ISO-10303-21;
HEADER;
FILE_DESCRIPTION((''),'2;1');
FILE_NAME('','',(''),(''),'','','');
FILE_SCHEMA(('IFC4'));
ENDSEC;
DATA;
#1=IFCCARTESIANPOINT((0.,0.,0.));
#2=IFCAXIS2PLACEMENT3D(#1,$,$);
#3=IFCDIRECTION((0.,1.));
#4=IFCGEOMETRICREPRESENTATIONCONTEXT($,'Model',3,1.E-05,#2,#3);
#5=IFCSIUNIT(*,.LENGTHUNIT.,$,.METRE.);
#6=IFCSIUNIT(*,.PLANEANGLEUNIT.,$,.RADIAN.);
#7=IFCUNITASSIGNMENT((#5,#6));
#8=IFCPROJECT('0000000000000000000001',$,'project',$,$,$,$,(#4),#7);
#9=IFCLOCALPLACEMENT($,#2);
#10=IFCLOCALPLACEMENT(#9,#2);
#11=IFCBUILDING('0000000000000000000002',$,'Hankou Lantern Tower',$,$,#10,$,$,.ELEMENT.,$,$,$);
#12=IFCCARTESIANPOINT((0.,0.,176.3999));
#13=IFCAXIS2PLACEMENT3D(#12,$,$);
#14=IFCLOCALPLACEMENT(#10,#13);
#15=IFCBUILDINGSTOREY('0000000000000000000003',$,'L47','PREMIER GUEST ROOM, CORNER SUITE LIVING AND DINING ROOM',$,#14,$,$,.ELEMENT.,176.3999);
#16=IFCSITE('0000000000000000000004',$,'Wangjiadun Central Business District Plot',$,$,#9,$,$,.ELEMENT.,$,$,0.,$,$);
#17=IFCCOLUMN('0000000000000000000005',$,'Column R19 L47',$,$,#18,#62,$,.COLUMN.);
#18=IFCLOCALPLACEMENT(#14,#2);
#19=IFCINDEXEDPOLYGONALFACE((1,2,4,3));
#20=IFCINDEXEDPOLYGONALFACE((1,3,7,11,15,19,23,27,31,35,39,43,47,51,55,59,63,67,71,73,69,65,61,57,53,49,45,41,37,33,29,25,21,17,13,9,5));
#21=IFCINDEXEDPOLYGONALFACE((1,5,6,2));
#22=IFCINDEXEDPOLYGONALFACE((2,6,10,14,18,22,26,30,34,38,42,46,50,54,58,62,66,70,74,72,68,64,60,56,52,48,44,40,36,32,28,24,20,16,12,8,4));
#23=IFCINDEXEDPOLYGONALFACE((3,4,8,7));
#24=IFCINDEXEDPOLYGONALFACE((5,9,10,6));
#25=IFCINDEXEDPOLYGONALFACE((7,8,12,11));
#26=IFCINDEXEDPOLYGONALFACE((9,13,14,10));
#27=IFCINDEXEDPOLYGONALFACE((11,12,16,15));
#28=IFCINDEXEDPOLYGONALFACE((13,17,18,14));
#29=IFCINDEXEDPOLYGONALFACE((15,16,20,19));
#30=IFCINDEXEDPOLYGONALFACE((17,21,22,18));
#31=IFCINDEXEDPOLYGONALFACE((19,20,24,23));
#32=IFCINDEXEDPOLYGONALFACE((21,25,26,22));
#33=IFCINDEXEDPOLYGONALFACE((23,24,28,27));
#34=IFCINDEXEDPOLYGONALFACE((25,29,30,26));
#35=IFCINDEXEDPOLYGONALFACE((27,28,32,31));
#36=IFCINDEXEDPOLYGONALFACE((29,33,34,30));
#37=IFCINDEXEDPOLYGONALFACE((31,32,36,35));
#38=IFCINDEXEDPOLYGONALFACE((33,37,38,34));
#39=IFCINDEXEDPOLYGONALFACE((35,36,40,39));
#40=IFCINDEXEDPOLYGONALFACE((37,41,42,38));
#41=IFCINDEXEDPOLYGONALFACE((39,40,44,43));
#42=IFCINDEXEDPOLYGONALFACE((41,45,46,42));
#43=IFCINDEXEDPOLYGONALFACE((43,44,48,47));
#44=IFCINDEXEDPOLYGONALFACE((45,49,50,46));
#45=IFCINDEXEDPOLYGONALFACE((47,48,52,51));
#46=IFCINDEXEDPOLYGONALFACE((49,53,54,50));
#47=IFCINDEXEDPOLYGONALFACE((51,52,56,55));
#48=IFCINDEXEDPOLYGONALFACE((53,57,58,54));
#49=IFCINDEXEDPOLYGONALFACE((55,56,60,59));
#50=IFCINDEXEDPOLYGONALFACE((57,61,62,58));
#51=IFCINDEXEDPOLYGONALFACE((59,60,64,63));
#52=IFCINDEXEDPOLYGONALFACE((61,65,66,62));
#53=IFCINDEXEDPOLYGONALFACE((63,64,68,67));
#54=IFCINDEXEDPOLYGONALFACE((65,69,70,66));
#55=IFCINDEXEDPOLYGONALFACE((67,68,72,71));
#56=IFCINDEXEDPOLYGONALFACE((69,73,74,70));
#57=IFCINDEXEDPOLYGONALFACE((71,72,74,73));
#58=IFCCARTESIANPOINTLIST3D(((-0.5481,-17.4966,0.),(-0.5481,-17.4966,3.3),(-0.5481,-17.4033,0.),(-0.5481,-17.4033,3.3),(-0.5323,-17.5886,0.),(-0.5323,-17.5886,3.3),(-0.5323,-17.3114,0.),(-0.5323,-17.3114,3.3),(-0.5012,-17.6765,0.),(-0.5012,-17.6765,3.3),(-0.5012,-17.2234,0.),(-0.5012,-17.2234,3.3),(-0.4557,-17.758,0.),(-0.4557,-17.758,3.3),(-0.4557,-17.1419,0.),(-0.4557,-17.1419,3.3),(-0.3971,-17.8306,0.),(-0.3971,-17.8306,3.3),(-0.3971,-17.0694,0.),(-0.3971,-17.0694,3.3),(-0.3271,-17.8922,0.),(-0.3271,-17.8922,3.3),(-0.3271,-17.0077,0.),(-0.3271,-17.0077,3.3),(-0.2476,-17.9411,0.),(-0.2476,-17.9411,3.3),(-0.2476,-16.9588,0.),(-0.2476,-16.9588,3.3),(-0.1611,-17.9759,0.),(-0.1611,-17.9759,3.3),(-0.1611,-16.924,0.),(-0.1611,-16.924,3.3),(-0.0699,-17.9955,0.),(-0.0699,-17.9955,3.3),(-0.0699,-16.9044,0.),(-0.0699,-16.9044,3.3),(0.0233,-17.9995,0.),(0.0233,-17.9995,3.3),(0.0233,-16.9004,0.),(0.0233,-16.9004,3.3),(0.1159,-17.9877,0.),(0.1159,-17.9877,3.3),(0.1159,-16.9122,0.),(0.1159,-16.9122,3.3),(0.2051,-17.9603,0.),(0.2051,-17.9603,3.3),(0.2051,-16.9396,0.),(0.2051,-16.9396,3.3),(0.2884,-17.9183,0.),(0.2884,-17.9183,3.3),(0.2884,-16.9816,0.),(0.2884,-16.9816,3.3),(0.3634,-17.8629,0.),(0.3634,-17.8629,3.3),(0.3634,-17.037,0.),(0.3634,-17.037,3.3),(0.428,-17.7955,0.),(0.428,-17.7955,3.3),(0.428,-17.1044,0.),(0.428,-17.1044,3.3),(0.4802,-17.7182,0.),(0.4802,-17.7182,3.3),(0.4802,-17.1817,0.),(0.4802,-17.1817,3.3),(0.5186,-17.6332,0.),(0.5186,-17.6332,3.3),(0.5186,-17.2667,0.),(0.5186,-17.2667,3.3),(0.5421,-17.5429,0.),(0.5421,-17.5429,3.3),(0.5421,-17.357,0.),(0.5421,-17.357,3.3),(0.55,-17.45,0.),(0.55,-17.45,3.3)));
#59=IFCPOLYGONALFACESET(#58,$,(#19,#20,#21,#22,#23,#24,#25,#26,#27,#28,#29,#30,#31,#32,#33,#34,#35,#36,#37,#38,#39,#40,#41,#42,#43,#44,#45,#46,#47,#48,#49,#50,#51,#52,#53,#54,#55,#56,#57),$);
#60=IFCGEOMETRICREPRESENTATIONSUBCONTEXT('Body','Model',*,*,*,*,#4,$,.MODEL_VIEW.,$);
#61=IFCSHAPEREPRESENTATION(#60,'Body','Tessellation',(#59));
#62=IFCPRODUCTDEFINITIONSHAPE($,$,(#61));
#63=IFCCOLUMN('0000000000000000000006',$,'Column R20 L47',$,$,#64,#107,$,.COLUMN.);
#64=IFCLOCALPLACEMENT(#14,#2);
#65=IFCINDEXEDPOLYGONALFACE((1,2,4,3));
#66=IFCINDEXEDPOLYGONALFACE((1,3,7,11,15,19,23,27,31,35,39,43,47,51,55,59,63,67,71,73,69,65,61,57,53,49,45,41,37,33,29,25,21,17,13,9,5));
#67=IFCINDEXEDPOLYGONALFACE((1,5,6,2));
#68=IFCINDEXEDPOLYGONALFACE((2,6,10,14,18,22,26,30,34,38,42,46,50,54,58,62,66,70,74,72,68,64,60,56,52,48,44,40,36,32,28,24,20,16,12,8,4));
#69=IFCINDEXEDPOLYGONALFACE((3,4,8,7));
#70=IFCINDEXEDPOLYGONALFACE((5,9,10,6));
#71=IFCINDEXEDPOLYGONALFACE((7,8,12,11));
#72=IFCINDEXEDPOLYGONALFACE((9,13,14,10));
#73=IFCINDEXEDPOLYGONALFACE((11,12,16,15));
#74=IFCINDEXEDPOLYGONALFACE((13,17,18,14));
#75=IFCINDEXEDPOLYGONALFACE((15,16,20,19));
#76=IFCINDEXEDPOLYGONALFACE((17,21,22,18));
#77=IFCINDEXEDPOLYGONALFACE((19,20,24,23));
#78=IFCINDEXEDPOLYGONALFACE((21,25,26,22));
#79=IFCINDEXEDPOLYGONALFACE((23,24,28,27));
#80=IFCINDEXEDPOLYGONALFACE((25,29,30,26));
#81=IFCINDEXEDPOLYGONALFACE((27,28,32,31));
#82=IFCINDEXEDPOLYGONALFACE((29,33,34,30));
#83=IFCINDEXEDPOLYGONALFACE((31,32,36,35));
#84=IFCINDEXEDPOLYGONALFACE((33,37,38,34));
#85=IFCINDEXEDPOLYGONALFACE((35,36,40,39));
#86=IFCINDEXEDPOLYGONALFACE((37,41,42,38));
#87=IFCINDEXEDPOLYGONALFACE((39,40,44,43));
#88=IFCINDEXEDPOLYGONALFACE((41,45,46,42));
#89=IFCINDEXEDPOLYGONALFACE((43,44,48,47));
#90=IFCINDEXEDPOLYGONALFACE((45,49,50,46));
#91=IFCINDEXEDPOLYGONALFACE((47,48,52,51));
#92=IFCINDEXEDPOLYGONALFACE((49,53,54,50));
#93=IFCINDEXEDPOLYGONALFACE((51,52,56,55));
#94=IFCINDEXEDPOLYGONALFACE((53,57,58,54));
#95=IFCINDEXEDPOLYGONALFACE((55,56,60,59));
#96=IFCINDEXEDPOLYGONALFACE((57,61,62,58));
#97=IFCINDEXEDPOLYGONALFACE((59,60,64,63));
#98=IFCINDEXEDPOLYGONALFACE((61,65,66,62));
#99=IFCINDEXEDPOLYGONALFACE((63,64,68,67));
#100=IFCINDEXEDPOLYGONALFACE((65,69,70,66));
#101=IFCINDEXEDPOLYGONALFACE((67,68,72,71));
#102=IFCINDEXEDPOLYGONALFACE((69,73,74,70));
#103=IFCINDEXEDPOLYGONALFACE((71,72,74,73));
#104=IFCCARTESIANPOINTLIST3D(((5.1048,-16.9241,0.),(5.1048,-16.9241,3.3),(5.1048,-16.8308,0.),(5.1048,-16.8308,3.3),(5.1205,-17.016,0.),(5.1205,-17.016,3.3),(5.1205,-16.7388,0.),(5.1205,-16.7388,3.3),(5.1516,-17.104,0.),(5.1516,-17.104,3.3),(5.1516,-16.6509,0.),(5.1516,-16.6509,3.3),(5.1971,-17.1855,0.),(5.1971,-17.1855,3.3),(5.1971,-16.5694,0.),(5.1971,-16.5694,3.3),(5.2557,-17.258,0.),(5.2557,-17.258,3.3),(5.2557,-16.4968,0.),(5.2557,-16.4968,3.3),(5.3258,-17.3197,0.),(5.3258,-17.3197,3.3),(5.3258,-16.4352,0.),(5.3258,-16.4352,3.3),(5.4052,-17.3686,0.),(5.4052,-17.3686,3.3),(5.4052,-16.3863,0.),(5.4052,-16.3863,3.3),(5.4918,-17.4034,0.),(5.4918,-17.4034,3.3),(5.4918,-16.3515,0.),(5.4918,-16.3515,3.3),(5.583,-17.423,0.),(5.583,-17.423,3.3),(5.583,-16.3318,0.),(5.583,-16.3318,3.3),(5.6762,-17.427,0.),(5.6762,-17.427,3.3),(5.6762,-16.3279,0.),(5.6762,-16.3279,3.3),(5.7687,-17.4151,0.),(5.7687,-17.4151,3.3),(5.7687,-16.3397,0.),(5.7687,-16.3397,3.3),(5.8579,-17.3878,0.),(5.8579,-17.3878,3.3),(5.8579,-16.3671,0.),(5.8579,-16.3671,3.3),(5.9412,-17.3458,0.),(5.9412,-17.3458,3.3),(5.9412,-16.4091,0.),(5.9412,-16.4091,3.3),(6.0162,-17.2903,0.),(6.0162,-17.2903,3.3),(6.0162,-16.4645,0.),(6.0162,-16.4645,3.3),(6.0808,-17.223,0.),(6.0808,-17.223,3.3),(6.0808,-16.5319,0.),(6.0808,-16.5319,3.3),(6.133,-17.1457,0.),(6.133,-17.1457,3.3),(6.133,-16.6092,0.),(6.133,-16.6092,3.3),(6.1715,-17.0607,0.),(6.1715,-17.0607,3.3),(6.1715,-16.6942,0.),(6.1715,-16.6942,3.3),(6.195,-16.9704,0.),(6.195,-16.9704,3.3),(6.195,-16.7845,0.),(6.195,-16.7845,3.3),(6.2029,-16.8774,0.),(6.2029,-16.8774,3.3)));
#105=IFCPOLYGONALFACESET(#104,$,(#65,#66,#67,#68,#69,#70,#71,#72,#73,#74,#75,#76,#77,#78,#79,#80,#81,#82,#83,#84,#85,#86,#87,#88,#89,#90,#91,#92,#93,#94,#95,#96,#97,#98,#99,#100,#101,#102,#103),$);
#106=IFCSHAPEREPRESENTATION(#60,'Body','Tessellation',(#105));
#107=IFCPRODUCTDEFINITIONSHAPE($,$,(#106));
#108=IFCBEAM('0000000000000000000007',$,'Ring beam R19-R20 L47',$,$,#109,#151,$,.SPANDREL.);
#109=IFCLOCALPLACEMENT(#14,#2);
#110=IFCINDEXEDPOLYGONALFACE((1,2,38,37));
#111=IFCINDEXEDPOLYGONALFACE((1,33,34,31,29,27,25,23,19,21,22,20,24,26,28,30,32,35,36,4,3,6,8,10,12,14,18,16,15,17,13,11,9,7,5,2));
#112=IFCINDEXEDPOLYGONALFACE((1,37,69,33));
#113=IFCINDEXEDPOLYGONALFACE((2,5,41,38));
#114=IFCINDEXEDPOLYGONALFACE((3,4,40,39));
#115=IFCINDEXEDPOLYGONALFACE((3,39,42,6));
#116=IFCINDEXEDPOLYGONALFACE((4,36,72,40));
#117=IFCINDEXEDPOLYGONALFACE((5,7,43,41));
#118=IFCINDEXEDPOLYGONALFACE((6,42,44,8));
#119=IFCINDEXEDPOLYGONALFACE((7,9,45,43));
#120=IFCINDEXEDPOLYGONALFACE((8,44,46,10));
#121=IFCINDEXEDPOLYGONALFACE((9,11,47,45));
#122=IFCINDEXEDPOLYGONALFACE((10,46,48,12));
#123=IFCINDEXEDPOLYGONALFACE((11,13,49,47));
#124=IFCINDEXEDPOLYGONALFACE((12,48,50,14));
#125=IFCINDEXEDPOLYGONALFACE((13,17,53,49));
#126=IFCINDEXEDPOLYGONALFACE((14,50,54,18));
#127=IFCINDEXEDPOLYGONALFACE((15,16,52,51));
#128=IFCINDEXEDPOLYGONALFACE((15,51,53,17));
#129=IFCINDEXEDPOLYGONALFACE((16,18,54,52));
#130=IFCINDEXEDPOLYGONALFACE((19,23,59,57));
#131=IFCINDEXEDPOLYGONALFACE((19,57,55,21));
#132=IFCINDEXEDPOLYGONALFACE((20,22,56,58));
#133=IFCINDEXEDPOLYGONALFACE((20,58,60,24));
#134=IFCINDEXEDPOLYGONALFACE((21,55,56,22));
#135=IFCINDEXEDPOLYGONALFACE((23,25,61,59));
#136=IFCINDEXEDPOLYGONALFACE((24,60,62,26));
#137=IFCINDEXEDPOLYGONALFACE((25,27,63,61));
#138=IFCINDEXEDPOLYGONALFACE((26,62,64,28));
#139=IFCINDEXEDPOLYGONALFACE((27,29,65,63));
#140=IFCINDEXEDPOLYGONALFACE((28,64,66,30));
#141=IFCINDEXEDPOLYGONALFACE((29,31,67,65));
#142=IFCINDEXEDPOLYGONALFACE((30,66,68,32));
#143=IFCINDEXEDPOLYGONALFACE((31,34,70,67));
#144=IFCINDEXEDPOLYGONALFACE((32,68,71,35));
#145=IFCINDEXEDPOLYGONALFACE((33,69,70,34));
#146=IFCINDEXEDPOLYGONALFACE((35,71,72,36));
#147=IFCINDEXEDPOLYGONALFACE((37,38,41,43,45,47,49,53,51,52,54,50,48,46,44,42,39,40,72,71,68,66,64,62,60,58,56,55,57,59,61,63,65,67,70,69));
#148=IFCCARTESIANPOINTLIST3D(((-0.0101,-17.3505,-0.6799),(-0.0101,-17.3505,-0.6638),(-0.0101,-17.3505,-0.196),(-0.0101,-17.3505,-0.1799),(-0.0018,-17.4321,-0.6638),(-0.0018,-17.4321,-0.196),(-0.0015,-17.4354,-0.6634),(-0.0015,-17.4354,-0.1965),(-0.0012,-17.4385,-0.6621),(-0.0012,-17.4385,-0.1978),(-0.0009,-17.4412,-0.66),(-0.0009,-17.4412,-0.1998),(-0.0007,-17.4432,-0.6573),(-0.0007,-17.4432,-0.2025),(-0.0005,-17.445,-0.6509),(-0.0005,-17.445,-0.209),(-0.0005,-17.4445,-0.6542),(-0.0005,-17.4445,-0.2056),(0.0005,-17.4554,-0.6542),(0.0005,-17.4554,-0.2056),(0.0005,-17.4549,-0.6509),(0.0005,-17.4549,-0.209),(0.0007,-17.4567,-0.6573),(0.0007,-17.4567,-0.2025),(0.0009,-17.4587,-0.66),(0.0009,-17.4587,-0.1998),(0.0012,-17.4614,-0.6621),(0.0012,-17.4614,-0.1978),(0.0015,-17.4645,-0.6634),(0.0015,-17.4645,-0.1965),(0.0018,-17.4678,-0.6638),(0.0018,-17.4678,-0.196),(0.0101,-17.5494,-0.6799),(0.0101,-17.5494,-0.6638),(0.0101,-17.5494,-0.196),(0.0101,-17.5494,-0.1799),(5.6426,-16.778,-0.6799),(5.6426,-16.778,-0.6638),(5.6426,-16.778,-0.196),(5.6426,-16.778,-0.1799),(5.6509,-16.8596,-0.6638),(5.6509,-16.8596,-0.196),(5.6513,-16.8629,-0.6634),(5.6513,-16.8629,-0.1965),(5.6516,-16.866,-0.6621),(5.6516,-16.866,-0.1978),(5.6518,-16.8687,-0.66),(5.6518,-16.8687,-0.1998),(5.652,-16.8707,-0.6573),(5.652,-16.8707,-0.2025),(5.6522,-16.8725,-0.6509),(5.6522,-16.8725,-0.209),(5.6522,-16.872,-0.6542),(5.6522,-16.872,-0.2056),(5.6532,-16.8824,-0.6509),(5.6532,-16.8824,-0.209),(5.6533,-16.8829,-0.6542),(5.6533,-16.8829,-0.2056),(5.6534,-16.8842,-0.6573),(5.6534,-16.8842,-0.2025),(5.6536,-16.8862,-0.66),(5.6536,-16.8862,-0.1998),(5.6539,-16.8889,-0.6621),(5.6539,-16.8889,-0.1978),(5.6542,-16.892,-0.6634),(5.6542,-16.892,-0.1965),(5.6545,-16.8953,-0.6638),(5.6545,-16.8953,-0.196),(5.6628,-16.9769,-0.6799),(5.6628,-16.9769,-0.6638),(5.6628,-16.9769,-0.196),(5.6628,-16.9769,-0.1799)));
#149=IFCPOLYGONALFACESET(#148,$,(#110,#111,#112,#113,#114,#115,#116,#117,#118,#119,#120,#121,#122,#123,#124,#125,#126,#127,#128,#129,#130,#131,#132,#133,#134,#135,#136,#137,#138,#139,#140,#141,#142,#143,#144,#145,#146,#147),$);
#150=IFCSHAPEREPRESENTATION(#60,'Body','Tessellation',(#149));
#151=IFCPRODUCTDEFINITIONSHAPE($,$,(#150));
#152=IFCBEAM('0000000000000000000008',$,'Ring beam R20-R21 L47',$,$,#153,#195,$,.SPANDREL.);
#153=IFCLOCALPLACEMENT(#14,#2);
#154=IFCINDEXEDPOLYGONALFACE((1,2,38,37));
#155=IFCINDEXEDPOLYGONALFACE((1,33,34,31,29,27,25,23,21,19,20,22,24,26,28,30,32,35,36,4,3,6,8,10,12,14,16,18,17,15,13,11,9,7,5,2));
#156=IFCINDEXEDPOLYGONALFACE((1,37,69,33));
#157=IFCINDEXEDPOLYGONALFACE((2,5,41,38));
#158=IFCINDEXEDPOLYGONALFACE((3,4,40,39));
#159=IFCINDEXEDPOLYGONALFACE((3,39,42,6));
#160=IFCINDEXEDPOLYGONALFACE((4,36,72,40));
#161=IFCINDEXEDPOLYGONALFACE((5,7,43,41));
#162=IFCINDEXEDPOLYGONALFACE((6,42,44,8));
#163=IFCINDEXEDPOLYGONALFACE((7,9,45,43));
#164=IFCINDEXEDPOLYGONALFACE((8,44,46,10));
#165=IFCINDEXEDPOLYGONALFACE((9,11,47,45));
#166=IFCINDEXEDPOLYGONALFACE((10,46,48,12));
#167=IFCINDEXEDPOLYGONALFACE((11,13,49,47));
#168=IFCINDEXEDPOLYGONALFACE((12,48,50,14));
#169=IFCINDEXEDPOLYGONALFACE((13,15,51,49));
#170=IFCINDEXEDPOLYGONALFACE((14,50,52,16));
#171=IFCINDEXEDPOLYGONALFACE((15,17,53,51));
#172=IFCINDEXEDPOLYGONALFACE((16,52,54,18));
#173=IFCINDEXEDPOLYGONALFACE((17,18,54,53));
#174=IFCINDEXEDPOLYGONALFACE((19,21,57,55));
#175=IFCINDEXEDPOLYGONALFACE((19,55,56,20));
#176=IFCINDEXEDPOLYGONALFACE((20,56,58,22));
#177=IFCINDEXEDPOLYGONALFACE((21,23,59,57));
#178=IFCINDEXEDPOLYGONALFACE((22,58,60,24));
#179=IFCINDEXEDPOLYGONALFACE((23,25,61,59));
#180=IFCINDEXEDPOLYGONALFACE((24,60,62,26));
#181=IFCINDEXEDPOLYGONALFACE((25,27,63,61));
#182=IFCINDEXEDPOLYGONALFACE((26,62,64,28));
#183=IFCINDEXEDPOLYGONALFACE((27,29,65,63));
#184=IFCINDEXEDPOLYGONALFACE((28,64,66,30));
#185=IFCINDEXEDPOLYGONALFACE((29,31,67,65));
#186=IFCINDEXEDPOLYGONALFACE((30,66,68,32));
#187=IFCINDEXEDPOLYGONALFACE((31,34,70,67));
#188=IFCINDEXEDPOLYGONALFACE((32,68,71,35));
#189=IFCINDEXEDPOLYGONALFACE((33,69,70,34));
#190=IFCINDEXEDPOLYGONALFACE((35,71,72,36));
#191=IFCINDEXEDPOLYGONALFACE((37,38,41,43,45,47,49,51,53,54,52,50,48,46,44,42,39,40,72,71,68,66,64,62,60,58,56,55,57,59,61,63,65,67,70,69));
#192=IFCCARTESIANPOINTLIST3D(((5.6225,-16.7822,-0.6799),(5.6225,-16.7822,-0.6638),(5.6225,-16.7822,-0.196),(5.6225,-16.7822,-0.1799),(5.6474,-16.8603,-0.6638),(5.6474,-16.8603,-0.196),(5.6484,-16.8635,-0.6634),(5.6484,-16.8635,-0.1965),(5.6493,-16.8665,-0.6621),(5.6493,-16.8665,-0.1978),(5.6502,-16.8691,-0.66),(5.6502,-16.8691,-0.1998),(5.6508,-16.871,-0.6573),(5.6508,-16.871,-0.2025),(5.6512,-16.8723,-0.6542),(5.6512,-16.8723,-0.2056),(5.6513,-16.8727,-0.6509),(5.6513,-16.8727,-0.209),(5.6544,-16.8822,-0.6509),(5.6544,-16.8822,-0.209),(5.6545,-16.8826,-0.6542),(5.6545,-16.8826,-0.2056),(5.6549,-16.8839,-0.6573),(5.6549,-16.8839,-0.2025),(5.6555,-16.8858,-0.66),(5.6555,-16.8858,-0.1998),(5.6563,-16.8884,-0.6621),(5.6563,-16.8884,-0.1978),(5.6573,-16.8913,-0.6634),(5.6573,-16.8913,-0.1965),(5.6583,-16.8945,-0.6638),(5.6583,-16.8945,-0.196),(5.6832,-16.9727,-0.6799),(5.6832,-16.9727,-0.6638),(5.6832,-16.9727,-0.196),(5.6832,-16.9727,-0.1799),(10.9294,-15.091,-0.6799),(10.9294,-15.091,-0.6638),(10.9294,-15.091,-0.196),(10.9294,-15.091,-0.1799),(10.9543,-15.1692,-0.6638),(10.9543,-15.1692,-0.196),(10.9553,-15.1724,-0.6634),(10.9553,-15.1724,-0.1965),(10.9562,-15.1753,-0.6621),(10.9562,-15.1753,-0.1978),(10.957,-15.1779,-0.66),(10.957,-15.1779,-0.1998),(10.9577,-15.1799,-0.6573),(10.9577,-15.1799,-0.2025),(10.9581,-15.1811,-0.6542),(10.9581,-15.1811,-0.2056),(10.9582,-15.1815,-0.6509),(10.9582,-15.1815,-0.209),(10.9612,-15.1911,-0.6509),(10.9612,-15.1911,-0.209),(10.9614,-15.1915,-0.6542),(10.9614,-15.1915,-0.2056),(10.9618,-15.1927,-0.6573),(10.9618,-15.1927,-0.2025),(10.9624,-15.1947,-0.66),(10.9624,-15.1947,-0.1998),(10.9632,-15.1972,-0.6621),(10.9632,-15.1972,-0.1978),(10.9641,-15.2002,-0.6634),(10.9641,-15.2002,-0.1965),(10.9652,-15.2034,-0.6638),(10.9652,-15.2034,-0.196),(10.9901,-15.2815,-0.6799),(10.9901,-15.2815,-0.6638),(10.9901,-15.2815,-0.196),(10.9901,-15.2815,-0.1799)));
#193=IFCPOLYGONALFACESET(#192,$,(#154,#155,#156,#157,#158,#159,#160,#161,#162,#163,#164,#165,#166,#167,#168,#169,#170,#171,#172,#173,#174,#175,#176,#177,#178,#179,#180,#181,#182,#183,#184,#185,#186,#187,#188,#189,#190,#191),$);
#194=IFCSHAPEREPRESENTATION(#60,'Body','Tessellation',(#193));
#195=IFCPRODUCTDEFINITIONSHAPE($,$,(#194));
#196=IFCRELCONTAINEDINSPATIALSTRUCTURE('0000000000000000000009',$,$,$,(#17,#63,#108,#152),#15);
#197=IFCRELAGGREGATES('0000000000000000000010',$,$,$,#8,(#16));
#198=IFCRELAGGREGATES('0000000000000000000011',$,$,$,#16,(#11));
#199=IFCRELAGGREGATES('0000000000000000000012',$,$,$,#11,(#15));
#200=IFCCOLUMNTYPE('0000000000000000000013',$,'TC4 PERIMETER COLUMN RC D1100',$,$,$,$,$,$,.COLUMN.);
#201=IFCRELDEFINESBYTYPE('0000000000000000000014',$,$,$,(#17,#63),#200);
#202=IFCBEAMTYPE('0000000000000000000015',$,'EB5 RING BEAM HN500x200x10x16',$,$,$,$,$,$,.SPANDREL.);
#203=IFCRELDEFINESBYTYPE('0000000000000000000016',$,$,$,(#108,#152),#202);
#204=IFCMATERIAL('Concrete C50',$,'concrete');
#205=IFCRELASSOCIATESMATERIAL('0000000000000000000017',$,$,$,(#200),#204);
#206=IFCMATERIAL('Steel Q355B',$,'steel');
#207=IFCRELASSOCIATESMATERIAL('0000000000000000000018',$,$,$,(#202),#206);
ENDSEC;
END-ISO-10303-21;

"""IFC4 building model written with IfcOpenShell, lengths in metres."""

from ifc_helpers import new_model, si_unit, direction, frame, origin, origin_2d, place, context, subcontext, project, spatial, circle, i_section, extrude, material, material_profile, profile_set, type_object, element, save


model = new_model("IFC4")

# Units and contexts
model_context = context("Model", 3, precision=1e-05, world=origin(), true_north=direction((0.0, 1.0)))
body_context = subcontext(model_context, "Body", "Model", "MODEL_VIEW")
ifc_project = project(units=[si_unit("LENGTHUNIT", "METRE"), si_unit("PLANEANGLEUNIT", "RADIAN")], contexts=[model_context])

# Site, building, storey
site_placement = place(None, origin())
site = spatial("IfcSite", under=ifc_project, at=site_placement, Name="Wangjiadun Central Business District Plot", CompositionType="ELEMENT", RefElevation=0.0)
building_placement = place(site_placement, origin())
building = spatial("IfcBuilding", under=site, at=building_placement, Name="Hankou Lantern Tower", CompositionType="ELEMENT")
storey_placement = place(building_placement, frame((0.0, 0.0, 176.3999)))
storey = spatial("IfcBuildingStorey", under=building, at=storey_placement, Name="L47", Description="PREMIER GUEST ROOM, CORNER SUITE LIVING AND DINING ROOM", CompositionType="ELEMENT", Elevation=176.3999)

# Columns
ifc_material_1 = material(Name="Concrete C50", Category="concrete")
ifc_material_profile_1 = material_profile(ifc_material_1, circle(Radius=0.55, at=origin_2d()), Name="RC D1100")
ifc_profile_set_1 = profile_set([ifc_material_profile_1], Name="Concrete C50")
column_type = type_object("IfcColumnType", Name="TC4 PERIMETER COLUMN RC D1100", PredefinedType="COLUMN", material=ifc_profile_set_1)
for number, where, z_axis, x_axis, name in (
    (1, (0.0, -17.45, 0.0), (0.0, 0.0, 1.0), (1.0, 0.0, 0.0), "Column R19 L47"),
    (2, (5.6528, -16.8774, 0.0), (0.0, 0.0, 1.0), (1.0, 0.0, 0.0), "Column R20 L47"),
):
    element("IfcColumn", number, at=place(storey_placement, frame(where, z_axis=z_axis, x_axis=x_axis)), inside=storey, type_object=column_type, Name=name, PredefinedType="COLUMN", context=body_context, shape_type="SweptSolid", body=[
        extrude(circle(Radius=0.55, at=origin_2d()), origin(), (0.0, 0.0, 1.0), 3.3),
    ])

# Beams
ifc_material_2 = material(Name="Steel Q355B", Category="steel")
ifc_material_profile_2 = material_profile(ifc_material_2, i_section(OverallWidth=0.2, OverallDepth=0.5, WebThickness=0.01, FlangeThickness=0.0161, FilletRadius=0.0129, at=origin_2d()), Name="HN500x200x10x16")
ifc_profile_set_2 = profile_set([ifc_material_profile_2], Name="Steel Q355B")
beam_type_1 = type_object("IfcBeamType", Name="EB5 RING BEAM HN500x200x10x16", PredefinedType="SPANDREL", material=ifc_profile_set_2)
beam_1_placement = place(storey_placement, frame((0.0, -17.45, -0.4299), z_axis=(0.99491, 0.100763, 0.0), x_axis=(-0.100763, 0.99491, 0.0)))
element("IfcBeam", 3, at=beam_1_placement, inside=storey, type_object=beam_type_1, Name="Ring beam R19-R20 L47", PredefinedType="SPANDREL", context=body_context, shape_type="SweptSolid", body=[
    extrude(i_section(OverallWidth=0.2, OverallDepth=0.5, WebThickness=0.01, FlangeThickness=0.0161, FilletRadius=0.0129, at=origin_2d()), origin(), (0.0, 0.0, 1.0), 5.6816),
])
beam_2_placement = place(storey_placement, frame((5.6528, -16.8774, -0.4299), z_axis=(0.95279, 0.303629, 0.0), x_axis=(-0.303629, 0.95279, 0.0)))
element("IfcBeam", 4, at=beam_2_placement, inside=storey, type_object=beam_type_1, Name="Ring beam R20-R21 L47", PredefinedType="SPANDREL", context=body_context, shape_type="SweptSolid", body=[
    extrude(i_section(OverallWidth=0.2, OverallDepth=0.5, WebThickness=0.01, FlangeThickness=0.0161, FilletRadius=0.0129, at=origin_2d()), origin(), (0.0, 0.0, 1.0), 5.5698),
])

save(model, "model.ifc")
